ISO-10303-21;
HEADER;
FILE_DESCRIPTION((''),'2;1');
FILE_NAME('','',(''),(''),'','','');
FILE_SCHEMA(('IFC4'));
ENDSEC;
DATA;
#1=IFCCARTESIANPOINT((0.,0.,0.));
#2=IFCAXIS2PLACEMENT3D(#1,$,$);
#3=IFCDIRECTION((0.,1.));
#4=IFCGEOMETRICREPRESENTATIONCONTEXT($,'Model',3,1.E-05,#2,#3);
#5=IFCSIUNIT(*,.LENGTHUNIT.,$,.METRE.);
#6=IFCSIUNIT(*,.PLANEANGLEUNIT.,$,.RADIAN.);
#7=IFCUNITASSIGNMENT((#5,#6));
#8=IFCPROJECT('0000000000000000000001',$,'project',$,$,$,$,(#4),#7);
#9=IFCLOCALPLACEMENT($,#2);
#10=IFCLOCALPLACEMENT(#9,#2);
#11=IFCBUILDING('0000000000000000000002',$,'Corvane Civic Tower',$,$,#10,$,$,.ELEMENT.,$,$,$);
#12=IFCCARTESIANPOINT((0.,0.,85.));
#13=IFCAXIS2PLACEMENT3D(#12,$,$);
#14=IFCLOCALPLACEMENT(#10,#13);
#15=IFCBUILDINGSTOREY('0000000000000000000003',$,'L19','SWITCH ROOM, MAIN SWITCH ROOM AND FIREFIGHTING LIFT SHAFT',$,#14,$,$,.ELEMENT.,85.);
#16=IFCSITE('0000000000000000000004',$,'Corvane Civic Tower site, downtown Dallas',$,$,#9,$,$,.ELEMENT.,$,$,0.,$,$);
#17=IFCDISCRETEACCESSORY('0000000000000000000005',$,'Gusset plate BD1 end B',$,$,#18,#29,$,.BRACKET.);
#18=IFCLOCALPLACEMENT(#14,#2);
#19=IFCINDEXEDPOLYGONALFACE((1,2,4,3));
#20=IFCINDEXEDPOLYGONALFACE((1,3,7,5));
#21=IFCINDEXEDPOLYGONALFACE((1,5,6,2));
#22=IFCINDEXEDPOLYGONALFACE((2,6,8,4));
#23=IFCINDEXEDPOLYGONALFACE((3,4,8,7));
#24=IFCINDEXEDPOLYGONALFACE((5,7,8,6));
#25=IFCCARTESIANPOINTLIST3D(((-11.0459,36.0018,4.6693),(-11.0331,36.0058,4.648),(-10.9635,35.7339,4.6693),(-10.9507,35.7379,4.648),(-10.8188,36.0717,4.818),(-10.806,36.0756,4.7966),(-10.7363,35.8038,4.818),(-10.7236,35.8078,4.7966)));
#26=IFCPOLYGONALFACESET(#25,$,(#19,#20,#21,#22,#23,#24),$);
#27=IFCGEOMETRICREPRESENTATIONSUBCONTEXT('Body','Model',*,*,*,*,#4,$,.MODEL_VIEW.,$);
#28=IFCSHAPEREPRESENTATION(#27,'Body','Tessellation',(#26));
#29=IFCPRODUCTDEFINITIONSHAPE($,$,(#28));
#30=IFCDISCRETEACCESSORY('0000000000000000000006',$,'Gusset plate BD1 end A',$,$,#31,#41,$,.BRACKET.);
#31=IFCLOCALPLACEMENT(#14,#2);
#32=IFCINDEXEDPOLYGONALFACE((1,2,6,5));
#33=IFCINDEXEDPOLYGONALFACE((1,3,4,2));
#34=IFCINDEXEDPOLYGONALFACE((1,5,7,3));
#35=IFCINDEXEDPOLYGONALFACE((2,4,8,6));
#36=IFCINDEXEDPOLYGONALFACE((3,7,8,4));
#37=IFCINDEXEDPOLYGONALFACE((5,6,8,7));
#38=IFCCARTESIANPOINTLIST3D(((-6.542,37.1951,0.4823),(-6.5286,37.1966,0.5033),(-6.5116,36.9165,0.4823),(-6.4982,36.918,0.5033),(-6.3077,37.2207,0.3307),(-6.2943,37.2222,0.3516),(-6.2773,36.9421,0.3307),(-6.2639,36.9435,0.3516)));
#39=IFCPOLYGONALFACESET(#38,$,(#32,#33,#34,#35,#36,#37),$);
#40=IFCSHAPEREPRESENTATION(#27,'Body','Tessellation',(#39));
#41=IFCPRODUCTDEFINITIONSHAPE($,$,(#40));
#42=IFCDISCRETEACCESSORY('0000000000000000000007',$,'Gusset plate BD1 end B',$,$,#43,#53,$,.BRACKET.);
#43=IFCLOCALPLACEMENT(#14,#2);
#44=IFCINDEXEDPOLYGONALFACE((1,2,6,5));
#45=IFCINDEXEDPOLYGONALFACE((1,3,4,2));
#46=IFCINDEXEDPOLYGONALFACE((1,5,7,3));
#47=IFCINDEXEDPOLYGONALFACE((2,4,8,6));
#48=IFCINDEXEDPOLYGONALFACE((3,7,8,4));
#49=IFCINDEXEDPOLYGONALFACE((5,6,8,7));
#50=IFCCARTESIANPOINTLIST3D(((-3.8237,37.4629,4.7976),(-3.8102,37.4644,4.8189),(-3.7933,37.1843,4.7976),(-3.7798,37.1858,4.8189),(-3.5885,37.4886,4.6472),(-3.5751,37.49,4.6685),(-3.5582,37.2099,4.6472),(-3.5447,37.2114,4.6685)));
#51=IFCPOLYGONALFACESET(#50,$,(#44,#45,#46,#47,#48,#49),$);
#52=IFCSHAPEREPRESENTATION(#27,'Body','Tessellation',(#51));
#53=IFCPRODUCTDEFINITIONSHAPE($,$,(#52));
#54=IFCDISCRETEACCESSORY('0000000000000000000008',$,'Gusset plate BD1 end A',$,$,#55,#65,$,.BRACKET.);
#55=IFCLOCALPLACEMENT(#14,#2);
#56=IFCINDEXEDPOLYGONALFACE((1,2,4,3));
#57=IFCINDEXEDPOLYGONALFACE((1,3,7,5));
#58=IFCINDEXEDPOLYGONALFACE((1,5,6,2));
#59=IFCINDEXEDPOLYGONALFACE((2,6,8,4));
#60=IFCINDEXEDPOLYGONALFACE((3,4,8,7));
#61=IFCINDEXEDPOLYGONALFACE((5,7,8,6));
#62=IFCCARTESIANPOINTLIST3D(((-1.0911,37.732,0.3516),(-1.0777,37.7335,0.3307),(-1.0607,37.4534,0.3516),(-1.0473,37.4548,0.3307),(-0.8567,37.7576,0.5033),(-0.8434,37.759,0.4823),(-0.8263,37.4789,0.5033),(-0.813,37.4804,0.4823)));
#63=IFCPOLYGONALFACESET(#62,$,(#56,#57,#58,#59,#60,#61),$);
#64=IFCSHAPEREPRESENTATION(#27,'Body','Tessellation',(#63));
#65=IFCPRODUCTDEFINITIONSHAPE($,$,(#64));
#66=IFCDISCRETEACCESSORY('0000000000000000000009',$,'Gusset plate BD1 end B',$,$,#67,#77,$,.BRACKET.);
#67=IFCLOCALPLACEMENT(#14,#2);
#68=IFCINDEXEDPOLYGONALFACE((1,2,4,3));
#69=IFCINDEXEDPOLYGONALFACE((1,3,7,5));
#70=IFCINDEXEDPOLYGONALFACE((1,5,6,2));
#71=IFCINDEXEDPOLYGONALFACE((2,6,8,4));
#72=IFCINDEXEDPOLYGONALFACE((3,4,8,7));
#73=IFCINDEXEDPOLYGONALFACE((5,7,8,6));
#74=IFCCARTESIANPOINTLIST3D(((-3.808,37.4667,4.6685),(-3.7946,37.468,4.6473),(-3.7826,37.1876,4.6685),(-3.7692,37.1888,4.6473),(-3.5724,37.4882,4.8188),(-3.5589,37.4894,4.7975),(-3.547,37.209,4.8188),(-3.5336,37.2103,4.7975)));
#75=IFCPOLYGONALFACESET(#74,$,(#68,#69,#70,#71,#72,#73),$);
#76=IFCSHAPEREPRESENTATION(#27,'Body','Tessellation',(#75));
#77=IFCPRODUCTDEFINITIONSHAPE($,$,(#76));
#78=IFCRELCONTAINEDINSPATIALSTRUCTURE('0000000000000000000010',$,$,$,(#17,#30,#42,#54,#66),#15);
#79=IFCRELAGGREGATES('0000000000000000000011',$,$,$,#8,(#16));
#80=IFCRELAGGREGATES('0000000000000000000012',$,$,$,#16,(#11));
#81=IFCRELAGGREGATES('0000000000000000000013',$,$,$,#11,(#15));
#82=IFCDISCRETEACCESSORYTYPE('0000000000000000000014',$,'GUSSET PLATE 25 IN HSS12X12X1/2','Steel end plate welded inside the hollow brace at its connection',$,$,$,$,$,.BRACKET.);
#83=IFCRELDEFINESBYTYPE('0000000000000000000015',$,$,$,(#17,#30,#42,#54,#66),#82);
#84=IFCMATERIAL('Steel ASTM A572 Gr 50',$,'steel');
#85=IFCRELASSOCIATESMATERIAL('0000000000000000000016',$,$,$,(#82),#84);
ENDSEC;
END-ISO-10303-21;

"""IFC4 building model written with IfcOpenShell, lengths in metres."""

from ifc_helpers import new_model, si_unit, direction, frame, origin, origin_2d, place, context, subcontext, project, spatial, rectangle, extrude, material, material_profile, profile_set, type_object, element, save


model = new_model("IFC4")

# Units and contexts
model_context = context("Model", 3, precision=1e-05, world=origin(), true_north=direction((0.0, 1.0)))
body_context = subcontext(model_context, "Body", "Model", "MODEL_VIEW")
ifc_project = project(units=[si_unit("LENGTHUNIT", "METRE"), si_unit("PLANEANGLEUNIT", "RADIAN")], contexts=[model_context])

# Site, building, storey
site_placement = place(None, origin())
site = spatial("IfcSite", under=ifc_project, at=site_placement, Name="Corvane Civic Tower site, downtown Dallas", CompositionType="ELEMENT", RefElevation=0.0)
building_placement = place(site_placement, origin())
building = spatial("IfcBuilding", under=site, at=building_placement, Name="Corvane Civic Tower", CompositionType="ELEMENT")
storey_placement = place(building_placement, frame((0.0, 0.0, 85.0)))
storey = spatial("IfcBuildingStorey", under=building, at=storey_placement, Name="L19", Description="SWITCH ROOM, MAIN SWITCH ROOM AND FIREFIGHTING LIFT SHAFT", CompositionType="ELEMENT", Elevation=85.0)

# Discrete accessories
ifc_material_1 = material(Name="Steel ASTM A572 Gr 50", Category="steel")
ifc_material_profile_1 = material_profile(ifc_material_1, rectangle(XDim=0.2803, YDim=0.2803, at=origin_2d()), Name="GUSSET PLATE 25 IN HSS12X12X1/2")
ifc_profile_set_1 = profile_set([ifc_material_profile_1], Name="Steel ASTM A572 Gr 50")
discrete_accessory_type = type_object("IfcDiscreteAccessoryType", Name="GUSSET PLATE 25 IN HSS12X12X1/2", Description="Steel end plate welded inside the hollow brace at its connection", PredefinedType="BRACKET", material=ifc_profile_set_1)
discrete_accessory_1_placement = place(storey_placement, frame((-10.8911, 35.9028, 4.7437), z_axis=(0.506769, 0.155929, -0.847863), x_axis=(-0.294086, 0.955779, 0.0)))
element("IfcDiscreteAccessory", 1, at=discrete_accessory_1_placement, inside=storey, type_object=discrete_accessory_type, Name="Gusset plate BD1 end B", PredefinedType="BRACKET", context=body_context, shape_type="SweptSolid", body=[
    extrude(rectangle(XDim=0.2803, YDim=0.2803, at=origin_2d()), origin(), (0.0, 0.0, 1.0), 0.0251),
])
discrete_accessory_2_placement = place(storey_placement, frame((-6.4097, 37.0686, 0.4065), z_axis=(0.537847, 0.058674, 0.840998), x_axis=(-0.108448, 0.994102, 0.0)))
element("IfcDiscreteAccessory", 2, at=discrete_accessory_2_placement, inside=storey, type_object=discrete_accessory_type, Name="Gusset plate BD1 end A", PredefinedType="BRACKET", context=body_context, shape_type="SweptSolid", body=[
    extrude(rectangle(XDim=0.2803, YDim=0.2803, at=origin_2d()), origin(), (0.0, 0.0, 1.0), 0.0249),
])
discrete_accessory_3_placement = place(storey_placement, frame((-3.6775, 37.3379, 4.7437), z_axis=(-0.533453, -0.058195, -0.843825), x_axis=(0.108448, -0.994102, 0.0)))
element("IfcDiscreteAccessory", 3, at=discrete_accessory_3_placement, inside=storey, type_object=discrete_accessory_type, Name="Gusset plate BD1 end B", PredefinedType="BRACKET", context=body_context, shape_type="SweptSolid", body=[
    extrude(rectangle(XDim=0.2803, YDim=0.2803, at=origin_2d()), origin(), (0.0, 0.0, 1.0), 0.0251),
])
discrete_accessory_4_placement = place(storey_placement, frame((-0.9453, 37.6069, 0.4065), z_axis=(-0.537847, -0.058674, 0.840998), x_axis=(0.108448, -0.994102, 0.0)))
element("IfcDiscreteAccessory", 4, at=discrete_accessory_4_placement, inside=storey, type_object=discrete_accessory_type, Name="Gusset plate BD1 end A", PredefinedType="BRACKET", context=body_context, shape_type="SweptSolid", body=[
    extrude(rectangle(XDim=0.2803, YDim=0.2803, at=origin_2d()), origin(), (0.0, 0.0, 1.0), 0.0249),
])
discrete_accessory_5_placement = place(storey_placement, frame((-3.6775, 37.3379, 4.7437), z_axis=(0.533729, 0.048521, -0.844262), x_axis=(-0.090536, 0.995893, 0.0)))
element("IfcDiscreteAccessory", 5, at=discrete_accessory_5_placement, inside=storey, type_object=discrete_accessory_type, Name="Gusset plate BD1 end B", PredefinedType="BRACKET", context=body_context, shape_type="SweptSolid", body=[
    extrude(rectangle(XDim=0.2803, YDim=0.2803, at=origin_2d()), origin(), (0.0, 0.0, 1.0), 0.0251),
])

save(model, "model.ifc")
